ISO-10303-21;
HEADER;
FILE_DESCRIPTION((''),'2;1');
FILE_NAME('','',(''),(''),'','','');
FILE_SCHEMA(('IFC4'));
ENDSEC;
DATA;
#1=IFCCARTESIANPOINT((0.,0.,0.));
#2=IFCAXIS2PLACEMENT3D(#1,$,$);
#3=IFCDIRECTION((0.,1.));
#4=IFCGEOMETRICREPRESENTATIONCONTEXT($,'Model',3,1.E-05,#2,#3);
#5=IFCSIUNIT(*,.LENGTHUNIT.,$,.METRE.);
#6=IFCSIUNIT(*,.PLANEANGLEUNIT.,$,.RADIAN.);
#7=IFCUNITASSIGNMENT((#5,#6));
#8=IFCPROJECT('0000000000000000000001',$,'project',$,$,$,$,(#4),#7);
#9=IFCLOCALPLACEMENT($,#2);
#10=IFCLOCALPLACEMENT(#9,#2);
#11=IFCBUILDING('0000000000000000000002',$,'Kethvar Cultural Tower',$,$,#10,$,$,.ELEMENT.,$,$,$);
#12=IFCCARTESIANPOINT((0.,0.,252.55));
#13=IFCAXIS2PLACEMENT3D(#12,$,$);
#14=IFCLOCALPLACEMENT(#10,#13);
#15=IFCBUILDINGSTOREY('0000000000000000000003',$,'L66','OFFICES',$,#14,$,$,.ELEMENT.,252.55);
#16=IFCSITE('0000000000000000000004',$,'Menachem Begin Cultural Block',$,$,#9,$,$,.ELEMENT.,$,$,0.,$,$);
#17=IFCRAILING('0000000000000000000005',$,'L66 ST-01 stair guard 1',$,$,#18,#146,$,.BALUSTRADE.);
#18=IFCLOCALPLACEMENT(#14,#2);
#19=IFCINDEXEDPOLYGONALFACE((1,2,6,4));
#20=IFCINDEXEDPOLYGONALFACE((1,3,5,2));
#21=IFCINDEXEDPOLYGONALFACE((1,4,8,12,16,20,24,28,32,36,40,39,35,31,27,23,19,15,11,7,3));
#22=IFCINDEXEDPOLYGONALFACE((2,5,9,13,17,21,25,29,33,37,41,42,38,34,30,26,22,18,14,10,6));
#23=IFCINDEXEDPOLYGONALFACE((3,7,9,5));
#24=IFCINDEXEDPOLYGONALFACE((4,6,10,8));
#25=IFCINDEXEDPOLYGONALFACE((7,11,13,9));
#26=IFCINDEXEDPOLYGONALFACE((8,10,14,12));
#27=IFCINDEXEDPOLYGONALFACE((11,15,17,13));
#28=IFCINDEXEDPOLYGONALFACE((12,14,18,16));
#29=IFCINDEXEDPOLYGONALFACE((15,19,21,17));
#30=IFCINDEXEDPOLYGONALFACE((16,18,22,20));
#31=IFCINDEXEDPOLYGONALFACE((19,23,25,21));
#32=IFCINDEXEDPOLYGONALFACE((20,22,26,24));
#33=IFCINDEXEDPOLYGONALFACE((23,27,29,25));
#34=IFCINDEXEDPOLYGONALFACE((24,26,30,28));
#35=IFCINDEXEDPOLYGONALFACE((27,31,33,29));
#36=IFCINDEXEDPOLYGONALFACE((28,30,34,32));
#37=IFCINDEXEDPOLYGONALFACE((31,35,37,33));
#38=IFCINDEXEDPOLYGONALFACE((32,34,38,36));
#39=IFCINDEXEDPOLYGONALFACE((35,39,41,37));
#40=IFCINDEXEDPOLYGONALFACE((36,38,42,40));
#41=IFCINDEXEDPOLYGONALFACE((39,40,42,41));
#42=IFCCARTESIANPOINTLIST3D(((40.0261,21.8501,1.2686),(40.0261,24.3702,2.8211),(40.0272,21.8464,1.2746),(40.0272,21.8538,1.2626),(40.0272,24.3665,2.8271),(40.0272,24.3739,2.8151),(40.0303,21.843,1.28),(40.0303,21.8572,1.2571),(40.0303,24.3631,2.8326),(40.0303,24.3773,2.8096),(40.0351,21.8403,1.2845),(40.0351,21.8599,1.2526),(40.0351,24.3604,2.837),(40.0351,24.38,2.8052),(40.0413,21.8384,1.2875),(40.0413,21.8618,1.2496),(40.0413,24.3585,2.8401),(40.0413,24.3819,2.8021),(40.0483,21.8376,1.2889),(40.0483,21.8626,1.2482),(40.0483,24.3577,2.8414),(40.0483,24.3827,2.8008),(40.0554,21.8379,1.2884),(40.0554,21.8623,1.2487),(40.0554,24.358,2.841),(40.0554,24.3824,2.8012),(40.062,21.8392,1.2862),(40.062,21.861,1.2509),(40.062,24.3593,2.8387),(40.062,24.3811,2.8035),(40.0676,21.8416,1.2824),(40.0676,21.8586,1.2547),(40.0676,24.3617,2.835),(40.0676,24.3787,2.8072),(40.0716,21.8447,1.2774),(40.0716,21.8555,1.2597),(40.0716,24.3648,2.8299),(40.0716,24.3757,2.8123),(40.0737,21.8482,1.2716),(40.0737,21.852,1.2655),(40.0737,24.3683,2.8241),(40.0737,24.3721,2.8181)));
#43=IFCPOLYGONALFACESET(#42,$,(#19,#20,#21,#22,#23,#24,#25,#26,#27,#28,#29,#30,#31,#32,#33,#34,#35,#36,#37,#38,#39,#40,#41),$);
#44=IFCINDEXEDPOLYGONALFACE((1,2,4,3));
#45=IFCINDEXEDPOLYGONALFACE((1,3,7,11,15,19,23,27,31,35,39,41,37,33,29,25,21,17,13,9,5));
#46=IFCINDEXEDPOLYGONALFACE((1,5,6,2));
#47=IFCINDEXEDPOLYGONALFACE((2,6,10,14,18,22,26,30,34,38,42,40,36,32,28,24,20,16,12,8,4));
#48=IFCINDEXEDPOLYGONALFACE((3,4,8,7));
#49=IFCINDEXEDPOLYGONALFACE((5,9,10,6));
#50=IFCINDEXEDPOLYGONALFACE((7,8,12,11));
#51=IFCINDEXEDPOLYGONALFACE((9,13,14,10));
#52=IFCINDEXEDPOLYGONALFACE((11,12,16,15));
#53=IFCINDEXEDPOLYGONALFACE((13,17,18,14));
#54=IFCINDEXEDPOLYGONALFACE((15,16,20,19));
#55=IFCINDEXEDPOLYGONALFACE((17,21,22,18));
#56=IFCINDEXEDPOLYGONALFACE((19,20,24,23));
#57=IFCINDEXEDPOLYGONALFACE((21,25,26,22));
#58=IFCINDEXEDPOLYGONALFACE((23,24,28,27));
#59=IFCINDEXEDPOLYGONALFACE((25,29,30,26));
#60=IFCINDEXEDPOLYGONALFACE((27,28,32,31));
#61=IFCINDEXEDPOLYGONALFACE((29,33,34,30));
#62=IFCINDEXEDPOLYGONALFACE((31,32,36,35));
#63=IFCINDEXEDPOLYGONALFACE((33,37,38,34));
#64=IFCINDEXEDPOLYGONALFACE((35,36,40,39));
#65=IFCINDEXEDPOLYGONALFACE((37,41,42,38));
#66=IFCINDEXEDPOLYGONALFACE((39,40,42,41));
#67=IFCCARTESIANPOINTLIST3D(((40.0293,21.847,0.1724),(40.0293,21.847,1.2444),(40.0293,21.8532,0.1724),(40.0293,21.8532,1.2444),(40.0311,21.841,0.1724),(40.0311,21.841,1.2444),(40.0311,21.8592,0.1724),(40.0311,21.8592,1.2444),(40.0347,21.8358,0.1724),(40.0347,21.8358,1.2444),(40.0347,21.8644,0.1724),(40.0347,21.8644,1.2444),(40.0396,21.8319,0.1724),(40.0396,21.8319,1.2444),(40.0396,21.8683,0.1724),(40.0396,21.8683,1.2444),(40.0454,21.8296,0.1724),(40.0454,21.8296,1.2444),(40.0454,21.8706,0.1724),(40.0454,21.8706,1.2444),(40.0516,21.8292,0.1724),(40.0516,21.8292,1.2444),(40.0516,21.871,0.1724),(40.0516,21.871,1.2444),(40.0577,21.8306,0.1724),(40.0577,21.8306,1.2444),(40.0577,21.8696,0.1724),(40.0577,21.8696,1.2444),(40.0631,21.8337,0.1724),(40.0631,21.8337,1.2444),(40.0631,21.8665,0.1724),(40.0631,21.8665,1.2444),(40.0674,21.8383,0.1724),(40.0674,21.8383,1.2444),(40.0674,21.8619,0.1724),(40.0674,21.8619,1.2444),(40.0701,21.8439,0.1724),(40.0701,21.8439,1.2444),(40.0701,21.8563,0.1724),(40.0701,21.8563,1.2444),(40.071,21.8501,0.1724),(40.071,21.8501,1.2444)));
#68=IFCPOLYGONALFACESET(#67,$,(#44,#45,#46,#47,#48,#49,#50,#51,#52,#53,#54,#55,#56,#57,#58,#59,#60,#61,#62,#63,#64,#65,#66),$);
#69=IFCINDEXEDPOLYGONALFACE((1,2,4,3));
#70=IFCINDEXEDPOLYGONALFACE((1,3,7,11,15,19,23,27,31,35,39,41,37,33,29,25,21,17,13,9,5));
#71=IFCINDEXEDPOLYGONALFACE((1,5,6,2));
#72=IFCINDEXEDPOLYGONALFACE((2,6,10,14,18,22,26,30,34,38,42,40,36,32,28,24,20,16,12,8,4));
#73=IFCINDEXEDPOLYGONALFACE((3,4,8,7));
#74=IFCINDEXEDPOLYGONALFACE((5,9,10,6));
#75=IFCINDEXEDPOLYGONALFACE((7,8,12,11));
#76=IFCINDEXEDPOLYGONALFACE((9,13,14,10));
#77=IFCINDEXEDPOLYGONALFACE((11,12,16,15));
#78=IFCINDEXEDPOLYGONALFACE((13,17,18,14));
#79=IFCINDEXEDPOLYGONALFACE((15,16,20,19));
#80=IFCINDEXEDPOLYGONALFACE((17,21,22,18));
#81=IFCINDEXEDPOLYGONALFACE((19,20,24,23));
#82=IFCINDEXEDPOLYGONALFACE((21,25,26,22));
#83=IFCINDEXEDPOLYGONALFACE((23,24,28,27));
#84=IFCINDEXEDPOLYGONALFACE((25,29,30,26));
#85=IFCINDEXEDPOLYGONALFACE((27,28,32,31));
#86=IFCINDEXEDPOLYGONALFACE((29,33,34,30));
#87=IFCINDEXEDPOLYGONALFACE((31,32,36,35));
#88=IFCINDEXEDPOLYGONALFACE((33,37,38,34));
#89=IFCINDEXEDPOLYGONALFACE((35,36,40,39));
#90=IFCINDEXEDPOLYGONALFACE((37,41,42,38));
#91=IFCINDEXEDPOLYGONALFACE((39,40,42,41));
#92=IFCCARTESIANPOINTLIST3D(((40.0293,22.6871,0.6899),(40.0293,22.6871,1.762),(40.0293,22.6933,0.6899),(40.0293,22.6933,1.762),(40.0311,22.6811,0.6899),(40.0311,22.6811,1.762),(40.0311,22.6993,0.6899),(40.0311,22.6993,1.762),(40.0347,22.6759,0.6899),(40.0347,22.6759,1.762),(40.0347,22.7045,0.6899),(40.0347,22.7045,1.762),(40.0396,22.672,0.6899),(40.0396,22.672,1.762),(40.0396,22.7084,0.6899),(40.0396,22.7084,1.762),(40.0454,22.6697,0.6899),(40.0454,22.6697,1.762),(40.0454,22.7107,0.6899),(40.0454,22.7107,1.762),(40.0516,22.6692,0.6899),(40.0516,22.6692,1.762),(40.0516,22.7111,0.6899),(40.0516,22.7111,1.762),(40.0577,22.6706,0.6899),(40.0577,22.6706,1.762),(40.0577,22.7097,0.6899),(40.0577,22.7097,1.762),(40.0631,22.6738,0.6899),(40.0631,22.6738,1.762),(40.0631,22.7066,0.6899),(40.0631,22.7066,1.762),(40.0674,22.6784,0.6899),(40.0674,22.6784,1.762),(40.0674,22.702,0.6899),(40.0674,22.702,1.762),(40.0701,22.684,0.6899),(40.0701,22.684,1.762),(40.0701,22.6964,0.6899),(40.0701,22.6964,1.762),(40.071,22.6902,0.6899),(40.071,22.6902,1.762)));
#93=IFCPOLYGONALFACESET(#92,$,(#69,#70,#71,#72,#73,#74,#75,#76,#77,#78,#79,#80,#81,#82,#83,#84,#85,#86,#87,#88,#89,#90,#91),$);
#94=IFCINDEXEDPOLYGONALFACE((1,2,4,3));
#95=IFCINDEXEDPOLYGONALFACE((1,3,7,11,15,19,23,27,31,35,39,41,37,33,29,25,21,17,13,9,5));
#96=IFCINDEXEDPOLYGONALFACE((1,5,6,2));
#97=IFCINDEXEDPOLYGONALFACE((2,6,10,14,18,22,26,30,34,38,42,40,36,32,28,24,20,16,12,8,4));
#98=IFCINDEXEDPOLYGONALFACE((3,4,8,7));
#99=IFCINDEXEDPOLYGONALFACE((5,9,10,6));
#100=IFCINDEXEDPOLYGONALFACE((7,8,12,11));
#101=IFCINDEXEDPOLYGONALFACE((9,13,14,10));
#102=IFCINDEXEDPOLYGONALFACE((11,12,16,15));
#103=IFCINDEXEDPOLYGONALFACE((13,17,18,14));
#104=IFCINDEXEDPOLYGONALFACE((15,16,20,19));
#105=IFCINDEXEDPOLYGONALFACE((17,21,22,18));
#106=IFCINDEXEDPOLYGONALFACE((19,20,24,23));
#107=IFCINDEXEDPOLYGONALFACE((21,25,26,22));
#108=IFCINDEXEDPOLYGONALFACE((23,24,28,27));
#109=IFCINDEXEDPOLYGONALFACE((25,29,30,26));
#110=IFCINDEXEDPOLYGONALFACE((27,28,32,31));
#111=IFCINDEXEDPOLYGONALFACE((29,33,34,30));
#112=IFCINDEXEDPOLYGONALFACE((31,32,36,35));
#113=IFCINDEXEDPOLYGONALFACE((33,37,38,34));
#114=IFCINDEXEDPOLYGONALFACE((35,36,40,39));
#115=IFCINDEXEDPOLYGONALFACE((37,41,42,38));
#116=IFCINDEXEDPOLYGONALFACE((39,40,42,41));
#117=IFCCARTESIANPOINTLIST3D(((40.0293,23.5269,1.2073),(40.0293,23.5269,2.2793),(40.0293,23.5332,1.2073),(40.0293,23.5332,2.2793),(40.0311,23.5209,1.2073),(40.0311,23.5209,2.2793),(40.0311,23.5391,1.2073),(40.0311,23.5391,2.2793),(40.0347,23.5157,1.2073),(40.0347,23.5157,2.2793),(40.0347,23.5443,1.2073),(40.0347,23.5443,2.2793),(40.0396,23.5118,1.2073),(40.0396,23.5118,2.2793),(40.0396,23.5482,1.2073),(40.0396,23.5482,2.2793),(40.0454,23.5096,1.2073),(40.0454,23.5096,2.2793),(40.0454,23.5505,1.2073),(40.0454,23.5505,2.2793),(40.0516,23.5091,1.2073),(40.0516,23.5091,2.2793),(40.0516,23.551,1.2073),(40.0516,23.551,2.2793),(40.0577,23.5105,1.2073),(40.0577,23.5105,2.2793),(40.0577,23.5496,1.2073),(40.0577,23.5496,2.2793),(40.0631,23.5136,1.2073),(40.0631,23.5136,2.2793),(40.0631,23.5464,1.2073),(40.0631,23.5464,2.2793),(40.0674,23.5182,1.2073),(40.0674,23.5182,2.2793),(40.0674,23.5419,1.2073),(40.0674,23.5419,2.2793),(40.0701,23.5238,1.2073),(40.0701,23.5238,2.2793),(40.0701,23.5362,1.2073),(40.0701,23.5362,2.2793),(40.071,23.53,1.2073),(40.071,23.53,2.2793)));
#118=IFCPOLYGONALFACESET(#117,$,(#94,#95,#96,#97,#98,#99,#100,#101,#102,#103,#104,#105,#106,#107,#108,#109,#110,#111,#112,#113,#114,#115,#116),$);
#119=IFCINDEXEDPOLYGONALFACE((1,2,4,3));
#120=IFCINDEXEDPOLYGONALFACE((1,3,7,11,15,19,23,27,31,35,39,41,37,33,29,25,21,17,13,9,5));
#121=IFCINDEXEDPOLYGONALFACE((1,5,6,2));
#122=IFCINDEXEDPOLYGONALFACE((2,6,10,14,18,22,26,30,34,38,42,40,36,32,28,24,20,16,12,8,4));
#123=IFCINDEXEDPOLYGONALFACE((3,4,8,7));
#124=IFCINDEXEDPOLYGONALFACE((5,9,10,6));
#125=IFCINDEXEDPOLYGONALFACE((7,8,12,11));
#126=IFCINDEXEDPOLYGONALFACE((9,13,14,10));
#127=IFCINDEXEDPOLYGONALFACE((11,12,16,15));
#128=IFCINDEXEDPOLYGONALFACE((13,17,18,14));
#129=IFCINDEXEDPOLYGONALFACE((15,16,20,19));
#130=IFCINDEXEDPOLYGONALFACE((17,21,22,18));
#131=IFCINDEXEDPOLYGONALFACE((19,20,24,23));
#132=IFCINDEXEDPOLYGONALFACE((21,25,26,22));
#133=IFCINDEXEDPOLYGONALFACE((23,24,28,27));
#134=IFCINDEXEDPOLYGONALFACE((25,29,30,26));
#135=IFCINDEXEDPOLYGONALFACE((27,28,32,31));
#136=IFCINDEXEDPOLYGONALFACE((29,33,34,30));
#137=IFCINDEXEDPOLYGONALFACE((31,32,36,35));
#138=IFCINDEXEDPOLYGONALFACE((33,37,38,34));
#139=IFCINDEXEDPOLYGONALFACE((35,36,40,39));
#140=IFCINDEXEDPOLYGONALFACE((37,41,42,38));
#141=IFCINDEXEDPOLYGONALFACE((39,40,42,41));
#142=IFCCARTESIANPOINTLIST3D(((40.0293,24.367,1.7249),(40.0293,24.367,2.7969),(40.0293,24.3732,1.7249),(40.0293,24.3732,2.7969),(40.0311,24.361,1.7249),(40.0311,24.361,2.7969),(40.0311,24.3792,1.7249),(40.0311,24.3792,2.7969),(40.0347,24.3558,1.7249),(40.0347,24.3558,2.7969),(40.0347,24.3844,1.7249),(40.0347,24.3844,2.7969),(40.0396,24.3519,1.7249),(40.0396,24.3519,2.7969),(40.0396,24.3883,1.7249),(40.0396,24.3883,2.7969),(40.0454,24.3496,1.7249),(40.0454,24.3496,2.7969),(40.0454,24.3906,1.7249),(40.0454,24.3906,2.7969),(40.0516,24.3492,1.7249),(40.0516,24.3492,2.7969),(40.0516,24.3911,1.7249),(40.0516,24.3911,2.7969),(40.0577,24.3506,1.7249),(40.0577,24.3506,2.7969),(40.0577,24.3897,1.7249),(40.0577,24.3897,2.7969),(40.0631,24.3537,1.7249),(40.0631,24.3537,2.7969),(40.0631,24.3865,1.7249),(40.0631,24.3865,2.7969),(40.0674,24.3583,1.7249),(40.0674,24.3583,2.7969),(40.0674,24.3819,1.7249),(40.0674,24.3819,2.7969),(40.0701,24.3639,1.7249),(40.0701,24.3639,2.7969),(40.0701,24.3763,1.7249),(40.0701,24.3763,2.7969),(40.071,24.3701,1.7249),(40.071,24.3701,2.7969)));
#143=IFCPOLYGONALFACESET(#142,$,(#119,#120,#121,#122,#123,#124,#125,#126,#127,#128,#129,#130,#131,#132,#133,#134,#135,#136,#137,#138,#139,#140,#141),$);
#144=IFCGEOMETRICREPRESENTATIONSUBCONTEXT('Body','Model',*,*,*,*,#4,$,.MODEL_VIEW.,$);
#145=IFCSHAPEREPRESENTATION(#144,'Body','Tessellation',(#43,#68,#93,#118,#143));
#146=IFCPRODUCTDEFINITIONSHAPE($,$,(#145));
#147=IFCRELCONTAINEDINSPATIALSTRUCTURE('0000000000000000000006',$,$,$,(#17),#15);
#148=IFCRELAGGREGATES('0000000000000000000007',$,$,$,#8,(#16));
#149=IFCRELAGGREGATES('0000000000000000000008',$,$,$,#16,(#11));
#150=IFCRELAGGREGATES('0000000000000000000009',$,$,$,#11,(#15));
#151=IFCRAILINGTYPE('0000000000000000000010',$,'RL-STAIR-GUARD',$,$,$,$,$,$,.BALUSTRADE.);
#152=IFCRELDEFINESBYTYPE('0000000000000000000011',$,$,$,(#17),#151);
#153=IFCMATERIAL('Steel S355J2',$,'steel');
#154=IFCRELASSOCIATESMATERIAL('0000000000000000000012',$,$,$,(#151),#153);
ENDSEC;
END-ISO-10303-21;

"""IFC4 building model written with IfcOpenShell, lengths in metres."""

from ifc_helpers import new_model, si_unit, direction, frame, origin, origin_2d, place, context, subcontext, project, spatial, circle, extrude, material, type_object, element, save


model = new_model("IFC4")

# Units and contexts
model_context = context("Model", 3, precision=1e-05, world=origin(), true_north=direction((0.0, 1.0)))
body_context = subcontext(model_context, "Body", "Model", "MODEL_VIEW")
ifc_project = project(units=[si_unit("LENGTHUNIT", "METRE"), si_unit("PLANEANGLEUNIT", "RADIAN")], contexts=[model_context])

# Site, building, storey
site_placement = place(None, origin())
site = spatial("IfcSite", under=ifc_project, at=site_placement, Name="Menachem Begin Cultural Block", CompositionType="ELEMENT", RefElevation=0.0)
building_placement = place(site_placement, origin())
building = spatial("IfcBuilding", under=site, at=building_placement, Name="Kethvar Cultural Tower", CompositionType="ELEMENT")
storey_placement = place(building_placement, frame((0.0, 0.0, 252.55)))
storey = spatial("IfcBuildingStorey", under=building, at=storey_placement, Name="L66", Description="OFFICES", CompositionType="ELEMENT", Elevation=252.55)

# Shared definitions
ifc_material_1 = material(Name="Steel S355J2", Category="steel")

# Railing
railing_type_1 = type_object("IfcRailingType", Name="RL-STAIR-GUARD", PredefinedType="BALUSTRADE", material=ifc_material_1)
railing_1_placement = place(storey_placement, frame((40.05, 21.8501, 0.1724)))
element("IfcRailing", 1, at=railing_1_placement, inside=storey, type_object=railing_type_1, Name="L66 ST-01 stair guard 1", PredefinedType="BALUSTRADE", context=body_context, shape_type="SweptSolid", body=[
    extrude(circle(Radius=0.0239, at=origin_2d()), frame((0.0, 0.0, 1.0962), z_axis=(0.0, 0.8514, 0.524516), x_axis=(-1.0, 0.0, 0.0)), (0.0, 0.0, 1.0), 2.96),
    extrude(circle(Radius=0.021, at=origin_2d()), origin(), (0.0, 0.0, 1.0), 1.072),
    extrude(circle(Radius=0.021, at=origin_2d()), frame((0.0, 0.8401, 0.5176)), (0.0, 0.0, 1.0), 1.072),
    extrude(circle(Radius=0.021, at=origin_2d()), frame((0.0, 1.6799, 1.0349)), (0.0, 0.0, 1.0), 1.072),
    extrude(circle(Radius=0.021, at=origin_2d()), frame((0.0, 2.52, 1.5525)), (0.0, 0.0, 1.0), 1.072),
])

save(model, "model.ifc")
